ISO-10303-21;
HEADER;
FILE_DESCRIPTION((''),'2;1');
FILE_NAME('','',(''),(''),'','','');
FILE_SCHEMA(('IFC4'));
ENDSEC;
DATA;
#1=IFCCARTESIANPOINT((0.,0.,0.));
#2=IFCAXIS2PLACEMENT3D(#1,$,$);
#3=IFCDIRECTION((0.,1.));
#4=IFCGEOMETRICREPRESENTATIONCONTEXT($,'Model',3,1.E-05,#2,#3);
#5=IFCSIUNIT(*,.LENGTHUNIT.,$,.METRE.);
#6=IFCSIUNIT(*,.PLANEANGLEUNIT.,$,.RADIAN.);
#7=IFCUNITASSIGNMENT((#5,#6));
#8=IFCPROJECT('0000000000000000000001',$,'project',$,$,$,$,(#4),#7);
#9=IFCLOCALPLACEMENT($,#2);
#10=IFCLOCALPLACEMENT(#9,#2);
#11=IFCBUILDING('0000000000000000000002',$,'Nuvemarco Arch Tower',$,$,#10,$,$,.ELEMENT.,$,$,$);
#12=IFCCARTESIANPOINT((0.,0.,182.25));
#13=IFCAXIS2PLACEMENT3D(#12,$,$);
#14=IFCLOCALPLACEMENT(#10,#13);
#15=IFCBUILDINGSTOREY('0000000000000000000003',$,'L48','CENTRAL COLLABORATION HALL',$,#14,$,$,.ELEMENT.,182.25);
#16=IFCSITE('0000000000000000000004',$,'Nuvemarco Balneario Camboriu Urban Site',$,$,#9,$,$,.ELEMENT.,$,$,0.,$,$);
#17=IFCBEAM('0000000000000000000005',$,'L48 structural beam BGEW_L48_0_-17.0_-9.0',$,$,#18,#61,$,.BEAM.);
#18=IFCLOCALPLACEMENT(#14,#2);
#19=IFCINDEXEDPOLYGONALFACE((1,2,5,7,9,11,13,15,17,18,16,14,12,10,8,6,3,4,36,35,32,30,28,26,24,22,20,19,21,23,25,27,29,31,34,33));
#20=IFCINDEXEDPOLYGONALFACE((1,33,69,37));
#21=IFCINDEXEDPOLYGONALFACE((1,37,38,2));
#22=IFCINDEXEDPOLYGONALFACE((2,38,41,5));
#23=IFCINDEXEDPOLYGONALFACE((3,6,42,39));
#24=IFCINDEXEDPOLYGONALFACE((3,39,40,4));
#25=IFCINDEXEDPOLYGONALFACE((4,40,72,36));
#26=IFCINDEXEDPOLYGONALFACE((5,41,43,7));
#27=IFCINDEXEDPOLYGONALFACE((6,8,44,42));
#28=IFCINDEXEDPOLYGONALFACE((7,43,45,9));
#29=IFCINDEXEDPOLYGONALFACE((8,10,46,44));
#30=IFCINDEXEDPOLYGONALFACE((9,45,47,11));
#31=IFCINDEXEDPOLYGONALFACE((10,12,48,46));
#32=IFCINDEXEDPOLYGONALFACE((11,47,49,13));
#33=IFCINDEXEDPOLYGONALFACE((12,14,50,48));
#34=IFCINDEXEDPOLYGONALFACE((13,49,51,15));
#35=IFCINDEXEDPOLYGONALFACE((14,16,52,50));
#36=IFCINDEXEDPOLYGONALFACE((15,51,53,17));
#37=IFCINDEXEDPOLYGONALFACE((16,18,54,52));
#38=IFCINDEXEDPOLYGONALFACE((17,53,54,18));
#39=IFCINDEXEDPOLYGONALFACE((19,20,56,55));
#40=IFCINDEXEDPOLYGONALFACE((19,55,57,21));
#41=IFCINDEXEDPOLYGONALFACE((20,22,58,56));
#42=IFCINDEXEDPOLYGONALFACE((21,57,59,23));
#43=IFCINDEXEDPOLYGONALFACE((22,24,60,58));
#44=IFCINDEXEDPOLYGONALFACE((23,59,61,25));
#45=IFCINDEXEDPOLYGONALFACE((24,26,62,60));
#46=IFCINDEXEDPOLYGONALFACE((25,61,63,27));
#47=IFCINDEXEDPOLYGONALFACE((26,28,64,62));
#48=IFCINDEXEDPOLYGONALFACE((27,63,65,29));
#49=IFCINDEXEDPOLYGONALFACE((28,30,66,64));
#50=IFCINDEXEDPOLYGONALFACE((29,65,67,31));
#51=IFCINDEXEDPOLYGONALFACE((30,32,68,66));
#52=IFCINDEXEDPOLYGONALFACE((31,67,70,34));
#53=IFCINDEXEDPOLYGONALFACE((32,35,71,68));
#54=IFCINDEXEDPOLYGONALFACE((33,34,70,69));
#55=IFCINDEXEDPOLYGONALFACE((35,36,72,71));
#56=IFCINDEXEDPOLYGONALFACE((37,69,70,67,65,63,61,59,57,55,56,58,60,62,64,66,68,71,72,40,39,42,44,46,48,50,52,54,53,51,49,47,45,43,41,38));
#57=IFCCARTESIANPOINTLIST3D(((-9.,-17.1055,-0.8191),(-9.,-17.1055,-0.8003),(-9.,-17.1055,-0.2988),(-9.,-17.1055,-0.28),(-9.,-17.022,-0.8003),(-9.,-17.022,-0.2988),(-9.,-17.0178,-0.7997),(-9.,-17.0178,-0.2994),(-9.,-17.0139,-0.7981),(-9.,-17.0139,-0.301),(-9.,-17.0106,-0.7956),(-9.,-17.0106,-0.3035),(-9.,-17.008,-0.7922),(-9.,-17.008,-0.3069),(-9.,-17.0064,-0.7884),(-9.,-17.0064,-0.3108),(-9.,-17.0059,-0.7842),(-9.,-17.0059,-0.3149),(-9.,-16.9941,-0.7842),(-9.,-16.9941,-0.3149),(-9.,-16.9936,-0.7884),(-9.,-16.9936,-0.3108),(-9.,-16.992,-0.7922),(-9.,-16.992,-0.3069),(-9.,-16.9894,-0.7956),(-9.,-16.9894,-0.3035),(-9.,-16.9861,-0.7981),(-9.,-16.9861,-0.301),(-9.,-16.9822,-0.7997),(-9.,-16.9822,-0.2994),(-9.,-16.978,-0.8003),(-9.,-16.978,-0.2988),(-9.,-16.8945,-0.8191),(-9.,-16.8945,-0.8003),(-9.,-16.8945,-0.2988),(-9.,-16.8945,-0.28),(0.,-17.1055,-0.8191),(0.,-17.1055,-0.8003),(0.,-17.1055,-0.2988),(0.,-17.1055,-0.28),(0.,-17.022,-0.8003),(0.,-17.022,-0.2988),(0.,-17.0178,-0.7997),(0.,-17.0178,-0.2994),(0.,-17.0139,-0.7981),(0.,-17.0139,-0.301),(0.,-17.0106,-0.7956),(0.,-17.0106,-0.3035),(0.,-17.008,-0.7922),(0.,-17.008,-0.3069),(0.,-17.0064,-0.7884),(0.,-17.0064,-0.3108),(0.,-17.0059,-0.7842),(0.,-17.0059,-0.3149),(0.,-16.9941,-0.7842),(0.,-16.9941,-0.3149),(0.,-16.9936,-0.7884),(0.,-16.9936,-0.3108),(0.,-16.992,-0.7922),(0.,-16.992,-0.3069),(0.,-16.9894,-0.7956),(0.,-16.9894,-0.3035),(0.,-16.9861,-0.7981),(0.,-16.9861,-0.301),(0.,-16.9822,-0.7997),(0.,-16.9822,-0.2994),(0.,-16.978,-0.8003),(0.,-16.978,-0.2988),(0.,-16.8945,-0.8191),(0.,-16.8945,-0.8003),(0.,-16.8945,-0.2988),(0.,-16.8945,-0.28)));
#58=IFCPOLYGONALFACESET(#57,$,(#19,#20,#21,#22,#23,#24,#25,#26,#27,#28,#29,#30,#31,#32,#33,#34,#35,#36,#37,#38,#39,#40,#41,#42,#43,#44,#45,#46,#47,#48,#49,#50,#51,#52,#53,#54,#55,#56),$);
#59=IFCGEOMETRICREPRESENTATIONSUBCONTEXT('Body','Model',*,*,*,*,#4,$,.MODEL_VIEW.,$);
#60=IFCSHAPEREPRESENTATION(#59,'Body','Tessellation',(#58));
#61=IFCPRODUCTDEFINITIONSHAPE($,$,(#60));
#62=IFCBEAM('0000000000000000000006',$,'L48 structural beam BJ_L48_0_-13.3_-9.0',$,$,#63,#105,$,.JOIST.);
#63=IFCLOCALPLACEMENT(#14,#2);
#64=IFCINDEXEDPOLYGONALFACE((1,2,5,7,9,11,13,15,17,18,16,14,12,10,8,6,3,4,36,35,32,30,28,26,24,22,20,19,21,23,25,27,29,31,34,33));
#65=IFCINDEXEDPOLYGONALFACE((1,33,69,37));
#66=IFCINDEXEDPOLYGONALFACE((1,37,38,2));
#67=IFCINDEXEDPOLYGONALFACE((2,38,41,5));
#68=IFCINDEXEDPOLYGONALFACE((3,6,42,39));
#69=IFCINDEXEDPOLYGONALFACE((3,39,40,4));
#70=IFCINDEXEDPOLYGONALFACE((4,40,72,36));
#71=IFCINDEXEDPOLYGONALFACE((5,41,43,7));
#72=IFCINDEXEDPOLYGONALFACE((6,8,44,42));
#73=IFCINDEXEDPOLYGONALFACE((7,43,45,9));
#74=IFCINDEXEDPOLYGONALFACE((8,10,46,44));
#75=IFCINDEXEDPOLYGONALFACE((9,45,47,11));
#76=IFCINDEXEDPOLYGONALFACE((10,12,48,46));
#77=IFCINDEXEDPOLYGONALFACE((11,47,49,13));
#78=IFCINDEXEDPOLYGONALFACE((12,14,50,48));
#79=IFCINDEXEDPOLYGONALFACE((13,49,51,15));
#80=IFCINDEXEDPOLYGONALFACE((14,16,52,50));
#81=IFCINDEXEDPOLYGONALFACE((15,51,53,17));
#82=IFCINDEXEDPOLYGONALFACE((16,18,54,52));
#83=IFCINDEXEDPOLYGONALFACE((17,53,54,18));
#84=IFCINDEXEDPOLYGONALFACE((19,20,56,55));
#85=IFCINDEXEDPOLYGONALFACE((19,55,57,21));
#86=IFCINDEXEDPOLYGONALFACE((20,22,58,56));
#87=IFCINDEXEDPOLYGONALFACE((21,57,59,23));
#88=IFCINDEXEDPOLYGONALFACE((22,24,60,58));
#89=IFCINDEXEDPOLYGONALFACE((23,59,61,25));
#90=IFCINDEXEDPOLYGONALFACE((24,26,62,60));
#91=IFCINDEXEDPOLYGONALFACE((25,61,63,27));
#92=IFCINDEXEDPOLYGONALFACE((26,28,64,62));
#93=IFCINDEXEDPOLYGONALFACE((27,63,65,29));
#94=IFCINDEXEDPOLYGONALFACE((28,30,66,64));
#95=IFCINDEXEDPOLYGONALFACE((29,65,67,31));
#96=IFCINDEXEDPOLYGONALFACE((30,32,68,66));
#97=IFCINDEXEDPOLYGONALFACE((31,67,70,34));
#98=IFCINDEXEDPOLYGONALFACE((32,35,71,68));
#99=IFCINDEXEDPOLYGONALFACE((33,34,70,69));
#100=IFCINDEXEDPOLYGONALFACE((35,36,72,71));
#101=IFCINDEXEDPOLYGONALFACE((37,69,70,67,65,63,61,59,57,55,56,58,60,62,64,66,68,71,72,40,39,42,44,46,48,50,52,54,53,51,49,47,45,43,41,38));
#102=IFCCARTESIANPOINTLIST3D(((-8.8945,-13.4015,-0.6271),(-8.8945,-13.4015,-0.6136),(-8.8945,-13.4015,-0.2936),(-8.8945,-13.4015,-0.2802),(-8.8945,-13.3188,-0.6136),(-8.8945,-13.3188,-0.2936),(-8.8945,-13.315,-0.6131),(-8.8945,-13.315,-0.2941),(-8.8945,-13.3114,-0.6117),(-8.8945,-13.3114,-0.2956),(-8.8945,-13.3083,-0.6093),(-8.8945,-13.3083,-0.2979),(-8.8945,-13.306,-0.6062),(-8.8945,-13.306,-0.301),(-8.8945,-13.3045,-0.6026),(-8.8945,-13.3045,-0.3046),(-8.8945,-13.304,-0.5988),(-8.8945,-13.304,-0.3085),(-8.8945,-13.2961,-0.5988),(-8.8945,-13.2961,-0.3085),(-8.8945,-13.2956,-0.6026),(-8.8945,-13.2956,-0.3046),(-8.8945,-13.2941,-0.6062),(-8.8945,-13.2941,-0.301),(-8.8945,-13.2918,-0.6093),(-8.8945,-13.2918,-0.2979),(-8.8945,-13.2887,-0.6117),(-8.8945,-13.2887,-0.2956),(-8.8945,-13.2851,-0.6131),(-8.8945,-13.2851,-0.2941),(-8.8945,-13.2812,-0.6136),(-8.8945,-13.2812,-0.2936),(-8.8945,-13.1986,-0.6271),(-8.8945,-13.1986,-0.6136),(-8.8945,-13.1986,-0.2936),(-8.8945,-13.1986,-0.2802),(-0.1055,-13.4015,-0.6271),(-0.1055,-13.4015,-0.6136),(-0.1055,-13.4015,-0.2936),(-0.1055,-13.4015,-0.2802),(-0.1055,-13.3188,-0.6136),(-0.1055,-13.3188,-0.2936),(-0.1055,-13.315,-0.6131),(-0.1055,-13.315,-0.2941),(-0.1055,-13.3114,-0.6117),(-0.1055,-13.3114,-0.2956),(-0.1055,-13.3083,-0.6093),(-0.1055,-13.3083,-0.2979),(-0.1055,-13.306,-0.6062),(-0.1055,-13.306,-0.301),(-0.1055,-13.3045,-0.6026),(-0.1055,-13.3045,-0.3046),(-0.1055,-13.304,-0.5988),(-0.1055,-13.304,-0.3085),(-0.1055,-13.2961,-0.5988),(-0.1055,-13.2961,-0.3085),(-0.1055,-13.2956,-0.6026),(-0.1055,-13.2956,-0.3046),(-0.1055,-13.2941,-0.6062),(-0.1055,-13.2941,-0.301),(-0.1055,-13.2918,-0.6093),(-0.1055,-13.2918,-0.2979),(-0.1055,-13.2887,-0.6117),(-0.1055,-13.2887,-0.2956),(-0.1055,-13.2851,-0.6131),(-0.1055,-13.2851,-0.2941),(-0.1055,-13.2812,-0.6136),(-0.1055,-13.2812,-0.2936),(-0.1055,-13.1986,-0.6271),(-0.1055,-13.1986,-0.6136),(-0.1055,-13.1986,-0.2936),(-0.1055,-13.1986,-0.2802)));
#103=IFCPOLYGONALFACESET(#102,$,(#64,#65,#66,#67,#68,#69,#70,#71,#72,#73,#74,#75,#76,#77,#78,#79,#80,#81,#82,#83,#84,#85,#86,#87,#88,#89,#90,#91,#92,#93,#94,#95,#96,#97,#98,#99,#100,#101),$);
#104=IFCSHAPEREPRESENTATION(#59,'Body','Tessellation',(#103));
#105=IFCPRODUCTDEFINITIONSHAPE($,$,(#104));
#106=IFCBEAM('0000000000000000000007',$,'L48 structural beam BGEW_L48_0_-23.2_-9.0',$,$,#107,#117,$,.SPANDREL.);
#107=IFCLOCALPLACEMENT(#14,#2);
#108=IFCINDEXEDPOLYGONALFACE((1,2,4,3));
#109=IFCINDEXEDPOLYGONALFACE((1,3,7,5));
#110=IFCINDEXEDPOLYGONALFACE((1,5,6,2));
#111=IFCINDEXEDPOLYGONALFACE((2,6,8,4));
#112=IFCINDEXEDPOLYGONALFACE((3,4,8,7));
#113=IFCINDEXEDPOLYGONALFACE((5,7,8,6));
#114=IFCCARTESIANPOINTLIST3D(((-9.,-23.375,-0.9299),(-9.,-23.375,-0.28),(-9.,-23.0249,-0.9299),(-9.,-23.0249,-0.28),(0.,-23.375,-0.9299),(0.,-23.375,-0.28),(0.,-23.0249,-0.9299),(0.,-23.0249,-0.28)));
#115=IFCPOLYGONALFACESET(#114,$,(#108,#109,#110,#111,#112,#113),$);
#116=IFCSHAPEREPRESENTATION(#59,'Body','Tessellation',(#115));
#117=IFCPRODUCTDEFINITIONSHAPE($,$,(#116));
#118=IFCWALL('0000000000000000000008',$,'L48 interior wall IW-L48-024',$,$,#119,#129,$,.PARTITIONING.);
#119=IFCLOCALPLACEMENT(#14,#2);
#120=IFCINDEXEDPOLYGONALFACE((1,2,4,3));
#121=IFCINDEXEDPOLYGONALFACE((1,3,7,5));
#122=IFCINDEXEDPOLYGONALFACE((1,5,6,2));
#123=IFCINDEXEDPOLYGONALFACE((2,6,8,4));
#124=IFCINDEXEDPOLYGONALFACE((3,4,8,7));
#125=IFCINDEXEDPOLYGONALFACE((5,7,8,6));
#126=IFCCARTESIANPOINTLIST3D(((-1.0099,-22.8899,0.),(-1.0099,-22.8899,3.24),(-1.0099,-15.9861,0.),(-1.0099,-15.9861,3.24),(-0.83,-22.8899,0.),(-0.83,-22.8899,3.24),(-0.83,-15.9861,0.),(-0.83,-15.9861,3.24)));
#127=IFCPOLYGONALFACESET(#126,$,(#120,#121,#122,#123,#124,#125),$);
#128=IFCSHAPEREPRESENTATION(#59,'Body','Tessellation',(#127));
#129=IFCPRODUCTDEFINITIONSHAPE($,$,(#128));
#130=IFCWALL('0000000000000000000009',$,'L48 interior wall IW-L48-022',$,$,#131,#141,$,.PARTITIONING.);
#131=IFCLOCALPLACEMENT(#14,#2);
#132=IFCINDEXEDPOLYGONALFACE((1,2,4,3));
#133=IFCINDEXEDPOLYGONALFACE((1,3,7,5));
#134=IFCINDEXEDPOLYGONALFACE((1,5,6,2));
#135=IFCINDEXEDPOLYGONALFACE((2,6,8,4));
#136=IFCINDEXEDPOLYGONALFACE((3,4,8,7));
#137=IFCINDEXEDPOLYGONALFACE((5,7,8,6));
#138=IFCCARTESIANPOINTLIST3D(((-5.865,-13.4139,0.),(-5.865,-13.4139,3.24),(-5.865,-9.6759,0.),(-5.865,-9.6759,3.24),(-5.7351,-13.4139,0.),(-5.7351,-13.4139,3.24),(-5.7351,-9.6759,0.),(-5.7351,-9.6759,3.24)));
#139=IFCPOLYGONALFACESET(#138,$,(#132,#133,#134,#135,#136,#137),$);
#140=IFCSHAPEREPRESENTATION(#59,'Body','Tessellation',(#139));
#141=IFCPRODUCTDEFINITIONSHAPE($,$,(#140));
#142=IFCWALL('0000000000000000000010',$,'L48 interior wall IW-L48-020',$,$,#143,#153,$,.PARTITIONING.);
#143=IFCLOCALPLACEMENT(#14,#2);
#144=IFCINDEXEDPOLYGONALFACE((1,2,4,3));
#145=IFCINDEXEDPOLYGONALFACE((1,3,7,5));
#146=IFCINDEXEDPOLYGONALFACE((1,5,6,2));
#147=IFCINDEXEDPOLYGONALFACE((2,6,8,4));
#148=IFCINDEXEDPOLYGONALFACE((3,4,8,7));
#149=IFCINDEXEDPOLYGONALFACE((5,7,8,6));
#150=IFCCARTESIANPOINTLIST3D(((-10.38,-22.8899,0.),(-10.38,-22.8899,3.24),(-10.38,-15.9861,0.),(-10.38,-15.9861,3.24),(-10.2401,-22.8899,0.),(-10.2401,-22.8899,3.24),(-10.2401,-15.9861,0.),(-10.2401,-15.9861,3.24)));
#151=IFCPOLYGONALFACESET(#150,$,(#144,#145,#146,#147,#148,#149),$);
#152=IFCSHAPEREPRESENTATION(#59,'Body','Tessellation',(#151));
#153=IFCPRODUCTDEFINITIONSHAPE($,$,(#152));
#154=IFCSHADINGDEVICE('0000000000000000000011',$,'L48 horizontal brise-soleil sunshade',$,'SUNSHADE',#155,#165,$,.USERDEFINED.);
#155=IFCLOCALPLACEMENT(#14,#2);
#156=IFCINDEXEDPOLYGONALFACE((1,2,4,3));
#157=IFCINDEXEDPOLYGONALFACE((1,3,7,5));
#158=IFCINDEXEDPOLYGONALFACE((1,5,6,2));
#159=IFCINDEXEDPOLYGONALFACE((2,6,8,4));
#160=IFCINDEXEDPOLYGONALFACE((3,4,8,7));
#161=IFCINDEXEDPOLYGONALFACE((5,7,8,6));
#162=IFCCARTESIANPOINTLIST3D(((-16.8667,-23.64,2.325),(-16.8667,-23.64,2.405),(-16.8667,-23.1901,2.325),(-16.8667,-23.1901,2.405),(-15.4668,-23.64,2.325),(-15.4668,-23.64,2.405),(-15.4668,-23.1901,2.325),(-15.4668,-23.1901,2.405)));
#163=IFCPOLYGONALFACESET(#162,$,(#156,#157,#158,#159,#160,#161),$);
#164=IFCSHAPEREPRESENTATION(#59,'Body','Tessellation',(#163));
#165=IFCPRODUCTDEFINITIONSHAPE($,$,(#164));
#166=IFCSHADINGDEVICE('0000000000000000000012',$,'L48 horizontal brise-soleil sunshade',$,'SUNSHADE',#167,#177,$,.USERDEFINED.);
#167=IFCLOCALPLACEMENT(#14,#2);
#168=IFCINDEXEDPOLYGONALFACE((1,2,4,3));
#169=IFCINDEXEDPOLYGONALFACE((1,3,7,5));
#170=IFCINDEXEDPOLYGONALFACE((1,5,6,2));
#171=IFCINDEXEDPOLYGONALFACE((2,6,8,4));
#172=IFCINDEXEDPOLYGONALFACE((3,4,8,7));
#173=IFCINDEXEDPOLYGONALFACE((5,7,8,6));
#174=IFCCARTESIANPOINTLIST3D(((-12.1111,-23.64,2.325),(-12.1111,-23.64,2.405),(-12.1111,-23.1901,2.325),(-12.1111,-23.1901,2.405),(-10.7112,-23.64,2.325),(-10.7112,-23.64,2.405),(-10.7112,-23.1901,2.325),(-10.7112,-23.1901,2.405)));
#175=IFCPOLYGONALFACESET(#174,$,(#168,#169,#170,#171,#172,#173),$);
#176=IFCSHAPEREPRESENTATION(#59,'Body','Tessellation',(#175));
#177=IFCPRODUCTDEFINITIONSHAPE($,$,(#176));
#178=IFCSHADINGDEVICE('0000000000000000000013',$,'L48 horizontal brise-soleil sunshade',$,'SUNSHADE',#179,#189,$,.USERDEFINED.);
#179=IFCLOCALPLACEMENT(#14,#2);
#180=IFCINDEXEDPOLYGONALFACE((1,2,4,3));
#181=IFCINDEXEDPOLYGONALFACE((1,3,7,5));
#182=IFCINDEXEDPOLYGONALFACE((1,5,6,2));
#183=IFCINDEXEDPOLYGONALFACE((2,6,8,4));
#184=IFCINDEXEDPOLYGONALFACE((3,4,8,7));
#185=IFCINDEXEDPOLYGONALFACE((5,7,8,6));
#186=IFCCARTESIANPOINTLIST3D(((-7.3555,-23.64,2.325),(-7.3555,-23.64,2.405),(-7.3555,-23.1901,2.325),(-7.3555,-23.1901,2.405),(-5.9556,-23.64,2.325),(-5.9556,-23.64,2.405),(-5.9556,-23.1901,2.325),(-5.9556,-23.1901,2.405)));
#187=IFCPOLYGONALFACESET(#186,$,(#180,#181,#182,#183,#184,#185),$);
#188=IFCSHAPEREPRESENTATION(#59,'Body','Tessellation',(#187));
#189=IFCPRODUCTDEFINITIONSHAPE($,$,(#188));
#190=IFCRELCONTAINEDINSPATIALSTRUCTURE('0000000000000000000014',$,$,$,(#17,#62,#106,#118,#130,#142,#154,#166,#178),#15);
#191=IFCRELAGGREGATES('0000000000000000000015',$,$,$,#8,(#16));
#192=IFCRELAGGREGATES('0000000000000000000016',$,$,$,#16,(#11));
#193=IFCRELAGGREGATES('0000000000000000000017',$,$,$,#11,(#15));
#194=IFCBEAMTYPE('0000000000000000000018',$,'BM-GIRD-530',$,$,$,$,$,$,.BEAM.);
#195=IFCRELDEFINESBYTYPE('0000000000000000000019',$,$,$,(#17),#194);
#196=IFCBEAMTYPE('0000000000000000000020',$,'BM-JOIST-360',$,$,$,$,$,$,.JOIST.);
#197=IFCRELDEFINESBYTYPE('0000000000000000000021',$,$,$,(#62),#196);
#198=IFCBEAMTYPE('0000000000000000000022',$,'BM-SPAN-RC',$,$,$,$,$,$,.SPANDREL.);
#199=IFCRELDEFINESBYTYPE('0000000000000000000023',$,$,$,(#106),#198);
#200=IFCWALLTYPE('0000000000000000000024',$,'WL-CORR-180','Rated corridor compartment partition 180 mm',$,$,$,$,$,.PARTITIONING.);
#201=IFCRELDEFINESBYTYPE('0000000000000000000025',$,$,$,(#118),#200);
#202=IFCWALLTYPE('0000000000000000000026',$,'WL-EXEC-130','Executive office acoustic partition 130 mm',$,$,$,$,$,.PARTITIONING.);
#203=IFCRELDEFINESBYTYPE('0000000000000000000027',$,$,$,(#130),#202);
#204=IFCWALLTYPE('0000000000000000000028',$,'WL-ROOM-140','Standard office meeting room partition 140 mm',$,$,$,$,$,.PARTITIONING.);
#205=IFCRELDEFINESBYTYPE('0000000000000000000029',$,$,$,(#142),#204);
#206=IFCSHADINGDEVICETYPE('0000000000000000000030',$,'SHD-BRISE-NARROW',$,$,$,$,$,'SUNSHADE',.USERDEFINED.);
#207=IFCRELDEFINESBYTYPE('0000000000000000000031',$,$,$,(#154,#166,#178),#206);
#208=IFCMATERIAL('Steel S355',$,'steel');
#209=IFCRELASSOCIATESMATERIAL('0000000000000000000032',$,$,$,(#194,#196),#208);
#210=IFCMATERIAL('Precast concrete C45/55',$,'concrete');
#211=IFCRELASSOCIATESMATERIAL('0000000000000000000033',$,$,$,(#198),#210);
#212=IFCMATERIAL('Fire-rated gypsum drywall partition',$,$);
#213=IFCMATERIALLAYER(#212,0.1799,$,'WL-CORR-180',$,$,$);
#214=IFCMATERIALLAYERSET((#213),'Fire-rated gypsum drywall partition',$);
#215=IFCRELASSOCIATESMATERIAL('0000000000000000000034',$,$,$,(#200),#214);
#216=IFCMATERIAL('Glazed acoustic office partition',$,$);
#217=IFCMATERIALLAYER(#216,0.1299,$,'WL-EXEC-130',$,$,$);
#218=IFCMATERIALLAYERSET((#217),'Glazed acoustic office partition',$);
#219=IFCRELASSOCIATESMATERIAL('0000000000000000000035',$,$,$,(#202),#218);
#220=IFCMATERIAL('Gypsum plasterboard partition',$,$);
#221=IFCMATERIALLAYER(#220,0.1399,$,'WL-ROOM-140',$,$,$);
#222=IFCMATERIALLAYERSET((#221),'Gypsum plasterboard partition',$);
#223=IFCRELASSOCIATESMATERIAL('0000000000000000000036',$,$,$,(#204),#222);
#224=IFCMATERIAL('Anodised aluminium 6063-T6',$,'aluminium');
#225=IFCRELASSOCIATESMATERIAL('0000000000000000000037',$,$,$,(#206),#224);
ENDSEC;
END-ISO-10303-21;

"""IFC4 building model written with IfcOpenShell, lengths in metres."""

from ifc_helpers import new_model, si_unit, direction, frame, frame_2d, origin, origin_2d, place, context, subcontext, project, spatial, rectangle, i_section, extrude, source, transform, mapped, material, layer, layer_set, material_profile, profile_set, type_object, type_shapes, element, save


model = new_model("IFC4")

# Units and contexts
model_context = context("Model", 3, precision=1e-05, world=origin(), true_north=direction((0.0, 1.0)))
body_context = subcontext(model_context, "Body", "Model", "MODEL_VIEW")
ifc_project = project(units=[si_unit("LENGTHUNIT", "METRE"), si_unit("PLANEANGLEUNIT", "RADIAN")], contexts=[model_context])

# Site, building, storey
site_placement = place(None, origin())
site = spatial("IfcSite", under=ifc_project, at=site_placement, Name="Nuvemarco Balneario Camboriu Urban Site", CompositionType="ELEMENT", RefElevation=0.0)
building_placement = place(site_placement, origin())
building = spatial("IfcBuilding", under=site, at=building_placement, Name="Nuvemarco Arch Tower", CompositionType="ELEMENT")
storey_placement = place(building_placement, frame((0.0, 0.0, 182.25)))
storey = spatial("IfcBuildingStorey", under=building, at=storey_placement, Name="L48", Description="CENTRAL COLLABORATION HALL", CompositionType="ELEMENT", Elevation=182.25)

# Shared definitions
ifc_material_1 = material(Name="Steel S355", Category="steel")

# Beams
ifc_material_profile_1 = material_profile(ifc_material_1, i_section(OverallWidth=0.2109, OverallDepth=0.5391, WebThickness=0.0117, FlangeThickness=0.0188, FilletRadius=0.0161, at=origin_2d()), Name="W530x109")
ifc_profile_set_1 = profile_set([ifc_material_profile_1], Name="Steel S355")
beam_type_1 = type_object("IfcBeamType", Name="BM-GIRD-530", PredefinedType="BEAM", material=ifc_profile_set_1)
beam_1_placement = place(storey_placement, frame((-9.0, -17.0, -0.5496), z_axis=(1.0, 0.0, 0.0), x_axis=(0.0, 1.0, 0.0)))
element("IfcBeam", 1, at=beam_1_placement, inside=storey, type_object=beam_type_1, Name="L48 structural beam BGEW_L48_0_-17.0_-9.0", PredefinedType="BEAM", context=body_context, shape_type="SweptSolid", body=[
    extrude(i_section(OverallWidth=0.2109, OverallDepth=0.5391, WebThickness=0.0117, FlangeThickness=0.0188, FilletRadius=0.0161, at=origin_2d()), origin(), (0.0, 0.0, 1.0), 9.0),
])
ifc_material_profile_2 = material_profile(ifc_material_1, i_section(OverallWidth=0.2029, OverallDepth=0.3469, WebThickness=0.0078, FlangeThickness=0.0134, FilletRadius=0.0149, at=origin_2d()), Name="W360x64")
ifc_profile_set_2 = profile_set([ifc_material_profile_2], Name="Steel S355")
beam_type_2 = type_object("IfcBeamType", Name="BM-JOIST-360", PredefinedType="JOIST", material=ifc_profile_set_2)
beam_2_placement = place(storey_placement, frame((-8.8945, -13.3, -0.4536), z_axis=(1.0, 0.0, 0.0), x_axis=(0.0, 1.0, 0.0)))
element("IfcBeam", 2, at=beam_2_placement, inside=storey, type_object=beam_type_2, Name="L48 structural beam BJ_L48_0_-13.3_-9.0", PredefinedType="JOIST", context=body_context, shape_type="SweptSolid", body=[
    extrude(i_section(OverallWidth=0.2029, OverallDepth=0.3469, WebThickness=0.0078, FlangeThickness=0.0134, FilletRadius=0.0149, at=origin_2d()), origin(), (0.0, 0.0, 1.0), 8.7891),
])
ifc_material_2 = material(Name="Precast concrete C45/55", Category="concrete")
ifc_material_profile_3 = material_profile(ifc_material_2, rectangle(XDim=0.3501, YDim=0.6499, at=origin_2d()), Name="PC-SP-350x650")
ifc_profile_set_3 = profile_set([ifc_material_profile_3], Name="Precast concrete C45/55")
beam_type_3 = type_object("IfcBeamType", Name="BM-SPAN-RC", PredefinedType="SPANDREL", material=ifc_profile_set_3)
beam_3_placement = place(storey_placement, frame((-9.0, -23.2, -0.605), z_axis=(1.0, 0.0, 0.0), x_axis=(0.0, 1.0, 0.0)))
element("IfcBeam", 3, at=beam_3_placement, inside=storey, type_object=beam_type_3, Name="L48 structural beam BGEW_L48_0_-23.2_-9.0", PredefinedType="SPANDREL", context=body_context, shape_type="SweptSolid", body=[
    extrude(rectangle(XDim=0.3501, YDim=0.6499, at=origin_2d()), origin(), (0.0, 0.0, 1.0), 9.0),
])

# Walls
ifc_material_3 = material(Name="Fire-rated gypsum drywall partition")
ifc_layer_1 = layer(ifc_material_3, 0.1799, Name="WL-CORR-180")
ifc_layer_set_1 = layer_set([ifc_layer_1], Name="Fire-rated gypsum drywall partition")
wall_type_1 = type_object("IfcWallType", Name="WL-CORR-180", Description="Rated corridor compartment partition 180 mm", PredefinedType="PARTITIONING", material=ifc_layer_set_1)
wall_1_placement = place(storey_placement, frame((-0.9199, -22.8899, 0.0), z_axis=(0.0, 0.0, 1.0), x_axis=(0.0, 1.0, 0.0)))
element("IfcWall", 4, at=wall_1_placement, inside=storey, type_object=wall_type_1, Name="L48 interior wall IW-L48-024", PredefinedType="PARTITIONING", context=body_context, shape_type="SweptSolid", body=[
    extrude(rectangle(XDim=6.9038, YDim=0.1799, at=frame_2d((3.4519, 0.0))), origin(), (0.0, 0.0, 1.0), 3.24),
])
ifc_material_4 = material(Name="Glazed acoustic office partition")
ifc_layer_2 = layer(ifc_material_4, 0.1299, Name="WL-EXEC-130")
ifc_layer_set_2 = layer_set([ifc_layer_2], Name="Glazed acoustic office partition")
wall_type_2 = type_object("IfcWallType", Name="WL-EXEC-130", Description="Executive office acoustic partition 130 mm", PredefinedType="PARTITIONING", material=ifc_layer_set_2)
wall_2_placement = place(storey_placement, frame((-5.8, -13.4141, 0.0), z_axis=(0.0, 0.0, 1.0), x_axis=(0.0, 1.0, 0.0)))
element("IfcWall", 5, at=wall_2_placement, inside=storey, type_object=wall_type_2, Name="L48 interior wall IW-L48-022", PredefinedType="PARTITIONING", context=body_context, shape_type="SweptSolid", body=[
    extrude(rectangle(XDim=3.738, YDim=0.1299, at=frame_2d((1.8691, 0.0))), origin(), (0.0, 0.0, 1.0), 3.24),
])
ifc_material_5 = material(Name="Gypsum plasterboard partition")
ifc_layer_3 = layer(ifc_material_5, 0.1399, Name="WL-ROOM-140")
ifc_layer_set_3 = layer_set([ifc_layer_3], Name="Gypsum plasterboard partition")
wall_type_3 = type_object("IfcWallType", Name="WL-ROOM-140", Description="Standard office meeting room partition 140 mm", PredefinedType="PARTITIONING", material=ifc_layer_set_3)
wall_3_placement = place(storey_placement, frame((-10.3101, -22.8899, 0.0), z_axis=(0.0, 0.0, 1.0), x_axis=(0.0, 1.0, 0.0)))
element("IfcWall", 6, at=wall_3_placement, inside=storey, type_object=wall_type_3, Name="L48 interior wall IW-L48-020", PredefinedType="PARTITIONING", context=body_context, shape_type="SweptSolid", body=[
    extrude(rectangle(XDim=6.9038, YDim=0.1399, at=frame_2d((3.4519, 0.0))), origin(), (0.0, 0.0, 1.0), 3.24),
])

# Shading devices
ifc_material_6 = material(Name="Anodised aluminium 6063-T6", Category="aluminium")
shading_device_type = type_object("IfcShadingDeviceType", Name="SHD-BRISE-NARROW", ElementType="SUNSHADE", PredefinedType="USERDEFINED", material=ifc_material_6)
shared_shape_1 = source(origin(), body_context, "Body", "SweptSolid", [
    extrude(rectangle(XDim=1.3999, YDim=0.45, at=origin_2d()), origin(), (0.0, 0.0, 1.0), 0.0801),
])
type_shapes(shading_device_type, [shared_shape_1])
for number, where, z_axis, x_axis, name in (
    (7, (-16.1667, -23.415, 2.325), (0.0, 0.0, 1.0), (1.0, 0.0, 0.0), "L48 horizontal brise-soleil sunshade"),
    (8, (-11.4111, -23.415, 2.325), (0.0, 0.0, 1.0), (1.0, 0.0, 0.0), "L48 horizontal brise-soleil sunshade"),
    (9, (-6.6555, -23.415, 2.325), (0.0, 0.0, 1.0), (1.0, 0.0, 0.0), "L48 horizontal brise-soleil sunshade"),
):
    element("IfcShadingDevice", number, at=place(storey_placement, frame(where, z_axis=z_axis, x_axis=x_axis)), inside=storey, type_object=shading_device_type, Name=name, ObjectType="SUNSHADE", PredefinedType="USERDEFINED", context=body_context, shape_type="MappedRepresentation", body=[
        mapped(shared_shape_1, transform((0.0, 0.0, 0.0), scale=1.0)),
    ])

save(model, "model.ifc")
